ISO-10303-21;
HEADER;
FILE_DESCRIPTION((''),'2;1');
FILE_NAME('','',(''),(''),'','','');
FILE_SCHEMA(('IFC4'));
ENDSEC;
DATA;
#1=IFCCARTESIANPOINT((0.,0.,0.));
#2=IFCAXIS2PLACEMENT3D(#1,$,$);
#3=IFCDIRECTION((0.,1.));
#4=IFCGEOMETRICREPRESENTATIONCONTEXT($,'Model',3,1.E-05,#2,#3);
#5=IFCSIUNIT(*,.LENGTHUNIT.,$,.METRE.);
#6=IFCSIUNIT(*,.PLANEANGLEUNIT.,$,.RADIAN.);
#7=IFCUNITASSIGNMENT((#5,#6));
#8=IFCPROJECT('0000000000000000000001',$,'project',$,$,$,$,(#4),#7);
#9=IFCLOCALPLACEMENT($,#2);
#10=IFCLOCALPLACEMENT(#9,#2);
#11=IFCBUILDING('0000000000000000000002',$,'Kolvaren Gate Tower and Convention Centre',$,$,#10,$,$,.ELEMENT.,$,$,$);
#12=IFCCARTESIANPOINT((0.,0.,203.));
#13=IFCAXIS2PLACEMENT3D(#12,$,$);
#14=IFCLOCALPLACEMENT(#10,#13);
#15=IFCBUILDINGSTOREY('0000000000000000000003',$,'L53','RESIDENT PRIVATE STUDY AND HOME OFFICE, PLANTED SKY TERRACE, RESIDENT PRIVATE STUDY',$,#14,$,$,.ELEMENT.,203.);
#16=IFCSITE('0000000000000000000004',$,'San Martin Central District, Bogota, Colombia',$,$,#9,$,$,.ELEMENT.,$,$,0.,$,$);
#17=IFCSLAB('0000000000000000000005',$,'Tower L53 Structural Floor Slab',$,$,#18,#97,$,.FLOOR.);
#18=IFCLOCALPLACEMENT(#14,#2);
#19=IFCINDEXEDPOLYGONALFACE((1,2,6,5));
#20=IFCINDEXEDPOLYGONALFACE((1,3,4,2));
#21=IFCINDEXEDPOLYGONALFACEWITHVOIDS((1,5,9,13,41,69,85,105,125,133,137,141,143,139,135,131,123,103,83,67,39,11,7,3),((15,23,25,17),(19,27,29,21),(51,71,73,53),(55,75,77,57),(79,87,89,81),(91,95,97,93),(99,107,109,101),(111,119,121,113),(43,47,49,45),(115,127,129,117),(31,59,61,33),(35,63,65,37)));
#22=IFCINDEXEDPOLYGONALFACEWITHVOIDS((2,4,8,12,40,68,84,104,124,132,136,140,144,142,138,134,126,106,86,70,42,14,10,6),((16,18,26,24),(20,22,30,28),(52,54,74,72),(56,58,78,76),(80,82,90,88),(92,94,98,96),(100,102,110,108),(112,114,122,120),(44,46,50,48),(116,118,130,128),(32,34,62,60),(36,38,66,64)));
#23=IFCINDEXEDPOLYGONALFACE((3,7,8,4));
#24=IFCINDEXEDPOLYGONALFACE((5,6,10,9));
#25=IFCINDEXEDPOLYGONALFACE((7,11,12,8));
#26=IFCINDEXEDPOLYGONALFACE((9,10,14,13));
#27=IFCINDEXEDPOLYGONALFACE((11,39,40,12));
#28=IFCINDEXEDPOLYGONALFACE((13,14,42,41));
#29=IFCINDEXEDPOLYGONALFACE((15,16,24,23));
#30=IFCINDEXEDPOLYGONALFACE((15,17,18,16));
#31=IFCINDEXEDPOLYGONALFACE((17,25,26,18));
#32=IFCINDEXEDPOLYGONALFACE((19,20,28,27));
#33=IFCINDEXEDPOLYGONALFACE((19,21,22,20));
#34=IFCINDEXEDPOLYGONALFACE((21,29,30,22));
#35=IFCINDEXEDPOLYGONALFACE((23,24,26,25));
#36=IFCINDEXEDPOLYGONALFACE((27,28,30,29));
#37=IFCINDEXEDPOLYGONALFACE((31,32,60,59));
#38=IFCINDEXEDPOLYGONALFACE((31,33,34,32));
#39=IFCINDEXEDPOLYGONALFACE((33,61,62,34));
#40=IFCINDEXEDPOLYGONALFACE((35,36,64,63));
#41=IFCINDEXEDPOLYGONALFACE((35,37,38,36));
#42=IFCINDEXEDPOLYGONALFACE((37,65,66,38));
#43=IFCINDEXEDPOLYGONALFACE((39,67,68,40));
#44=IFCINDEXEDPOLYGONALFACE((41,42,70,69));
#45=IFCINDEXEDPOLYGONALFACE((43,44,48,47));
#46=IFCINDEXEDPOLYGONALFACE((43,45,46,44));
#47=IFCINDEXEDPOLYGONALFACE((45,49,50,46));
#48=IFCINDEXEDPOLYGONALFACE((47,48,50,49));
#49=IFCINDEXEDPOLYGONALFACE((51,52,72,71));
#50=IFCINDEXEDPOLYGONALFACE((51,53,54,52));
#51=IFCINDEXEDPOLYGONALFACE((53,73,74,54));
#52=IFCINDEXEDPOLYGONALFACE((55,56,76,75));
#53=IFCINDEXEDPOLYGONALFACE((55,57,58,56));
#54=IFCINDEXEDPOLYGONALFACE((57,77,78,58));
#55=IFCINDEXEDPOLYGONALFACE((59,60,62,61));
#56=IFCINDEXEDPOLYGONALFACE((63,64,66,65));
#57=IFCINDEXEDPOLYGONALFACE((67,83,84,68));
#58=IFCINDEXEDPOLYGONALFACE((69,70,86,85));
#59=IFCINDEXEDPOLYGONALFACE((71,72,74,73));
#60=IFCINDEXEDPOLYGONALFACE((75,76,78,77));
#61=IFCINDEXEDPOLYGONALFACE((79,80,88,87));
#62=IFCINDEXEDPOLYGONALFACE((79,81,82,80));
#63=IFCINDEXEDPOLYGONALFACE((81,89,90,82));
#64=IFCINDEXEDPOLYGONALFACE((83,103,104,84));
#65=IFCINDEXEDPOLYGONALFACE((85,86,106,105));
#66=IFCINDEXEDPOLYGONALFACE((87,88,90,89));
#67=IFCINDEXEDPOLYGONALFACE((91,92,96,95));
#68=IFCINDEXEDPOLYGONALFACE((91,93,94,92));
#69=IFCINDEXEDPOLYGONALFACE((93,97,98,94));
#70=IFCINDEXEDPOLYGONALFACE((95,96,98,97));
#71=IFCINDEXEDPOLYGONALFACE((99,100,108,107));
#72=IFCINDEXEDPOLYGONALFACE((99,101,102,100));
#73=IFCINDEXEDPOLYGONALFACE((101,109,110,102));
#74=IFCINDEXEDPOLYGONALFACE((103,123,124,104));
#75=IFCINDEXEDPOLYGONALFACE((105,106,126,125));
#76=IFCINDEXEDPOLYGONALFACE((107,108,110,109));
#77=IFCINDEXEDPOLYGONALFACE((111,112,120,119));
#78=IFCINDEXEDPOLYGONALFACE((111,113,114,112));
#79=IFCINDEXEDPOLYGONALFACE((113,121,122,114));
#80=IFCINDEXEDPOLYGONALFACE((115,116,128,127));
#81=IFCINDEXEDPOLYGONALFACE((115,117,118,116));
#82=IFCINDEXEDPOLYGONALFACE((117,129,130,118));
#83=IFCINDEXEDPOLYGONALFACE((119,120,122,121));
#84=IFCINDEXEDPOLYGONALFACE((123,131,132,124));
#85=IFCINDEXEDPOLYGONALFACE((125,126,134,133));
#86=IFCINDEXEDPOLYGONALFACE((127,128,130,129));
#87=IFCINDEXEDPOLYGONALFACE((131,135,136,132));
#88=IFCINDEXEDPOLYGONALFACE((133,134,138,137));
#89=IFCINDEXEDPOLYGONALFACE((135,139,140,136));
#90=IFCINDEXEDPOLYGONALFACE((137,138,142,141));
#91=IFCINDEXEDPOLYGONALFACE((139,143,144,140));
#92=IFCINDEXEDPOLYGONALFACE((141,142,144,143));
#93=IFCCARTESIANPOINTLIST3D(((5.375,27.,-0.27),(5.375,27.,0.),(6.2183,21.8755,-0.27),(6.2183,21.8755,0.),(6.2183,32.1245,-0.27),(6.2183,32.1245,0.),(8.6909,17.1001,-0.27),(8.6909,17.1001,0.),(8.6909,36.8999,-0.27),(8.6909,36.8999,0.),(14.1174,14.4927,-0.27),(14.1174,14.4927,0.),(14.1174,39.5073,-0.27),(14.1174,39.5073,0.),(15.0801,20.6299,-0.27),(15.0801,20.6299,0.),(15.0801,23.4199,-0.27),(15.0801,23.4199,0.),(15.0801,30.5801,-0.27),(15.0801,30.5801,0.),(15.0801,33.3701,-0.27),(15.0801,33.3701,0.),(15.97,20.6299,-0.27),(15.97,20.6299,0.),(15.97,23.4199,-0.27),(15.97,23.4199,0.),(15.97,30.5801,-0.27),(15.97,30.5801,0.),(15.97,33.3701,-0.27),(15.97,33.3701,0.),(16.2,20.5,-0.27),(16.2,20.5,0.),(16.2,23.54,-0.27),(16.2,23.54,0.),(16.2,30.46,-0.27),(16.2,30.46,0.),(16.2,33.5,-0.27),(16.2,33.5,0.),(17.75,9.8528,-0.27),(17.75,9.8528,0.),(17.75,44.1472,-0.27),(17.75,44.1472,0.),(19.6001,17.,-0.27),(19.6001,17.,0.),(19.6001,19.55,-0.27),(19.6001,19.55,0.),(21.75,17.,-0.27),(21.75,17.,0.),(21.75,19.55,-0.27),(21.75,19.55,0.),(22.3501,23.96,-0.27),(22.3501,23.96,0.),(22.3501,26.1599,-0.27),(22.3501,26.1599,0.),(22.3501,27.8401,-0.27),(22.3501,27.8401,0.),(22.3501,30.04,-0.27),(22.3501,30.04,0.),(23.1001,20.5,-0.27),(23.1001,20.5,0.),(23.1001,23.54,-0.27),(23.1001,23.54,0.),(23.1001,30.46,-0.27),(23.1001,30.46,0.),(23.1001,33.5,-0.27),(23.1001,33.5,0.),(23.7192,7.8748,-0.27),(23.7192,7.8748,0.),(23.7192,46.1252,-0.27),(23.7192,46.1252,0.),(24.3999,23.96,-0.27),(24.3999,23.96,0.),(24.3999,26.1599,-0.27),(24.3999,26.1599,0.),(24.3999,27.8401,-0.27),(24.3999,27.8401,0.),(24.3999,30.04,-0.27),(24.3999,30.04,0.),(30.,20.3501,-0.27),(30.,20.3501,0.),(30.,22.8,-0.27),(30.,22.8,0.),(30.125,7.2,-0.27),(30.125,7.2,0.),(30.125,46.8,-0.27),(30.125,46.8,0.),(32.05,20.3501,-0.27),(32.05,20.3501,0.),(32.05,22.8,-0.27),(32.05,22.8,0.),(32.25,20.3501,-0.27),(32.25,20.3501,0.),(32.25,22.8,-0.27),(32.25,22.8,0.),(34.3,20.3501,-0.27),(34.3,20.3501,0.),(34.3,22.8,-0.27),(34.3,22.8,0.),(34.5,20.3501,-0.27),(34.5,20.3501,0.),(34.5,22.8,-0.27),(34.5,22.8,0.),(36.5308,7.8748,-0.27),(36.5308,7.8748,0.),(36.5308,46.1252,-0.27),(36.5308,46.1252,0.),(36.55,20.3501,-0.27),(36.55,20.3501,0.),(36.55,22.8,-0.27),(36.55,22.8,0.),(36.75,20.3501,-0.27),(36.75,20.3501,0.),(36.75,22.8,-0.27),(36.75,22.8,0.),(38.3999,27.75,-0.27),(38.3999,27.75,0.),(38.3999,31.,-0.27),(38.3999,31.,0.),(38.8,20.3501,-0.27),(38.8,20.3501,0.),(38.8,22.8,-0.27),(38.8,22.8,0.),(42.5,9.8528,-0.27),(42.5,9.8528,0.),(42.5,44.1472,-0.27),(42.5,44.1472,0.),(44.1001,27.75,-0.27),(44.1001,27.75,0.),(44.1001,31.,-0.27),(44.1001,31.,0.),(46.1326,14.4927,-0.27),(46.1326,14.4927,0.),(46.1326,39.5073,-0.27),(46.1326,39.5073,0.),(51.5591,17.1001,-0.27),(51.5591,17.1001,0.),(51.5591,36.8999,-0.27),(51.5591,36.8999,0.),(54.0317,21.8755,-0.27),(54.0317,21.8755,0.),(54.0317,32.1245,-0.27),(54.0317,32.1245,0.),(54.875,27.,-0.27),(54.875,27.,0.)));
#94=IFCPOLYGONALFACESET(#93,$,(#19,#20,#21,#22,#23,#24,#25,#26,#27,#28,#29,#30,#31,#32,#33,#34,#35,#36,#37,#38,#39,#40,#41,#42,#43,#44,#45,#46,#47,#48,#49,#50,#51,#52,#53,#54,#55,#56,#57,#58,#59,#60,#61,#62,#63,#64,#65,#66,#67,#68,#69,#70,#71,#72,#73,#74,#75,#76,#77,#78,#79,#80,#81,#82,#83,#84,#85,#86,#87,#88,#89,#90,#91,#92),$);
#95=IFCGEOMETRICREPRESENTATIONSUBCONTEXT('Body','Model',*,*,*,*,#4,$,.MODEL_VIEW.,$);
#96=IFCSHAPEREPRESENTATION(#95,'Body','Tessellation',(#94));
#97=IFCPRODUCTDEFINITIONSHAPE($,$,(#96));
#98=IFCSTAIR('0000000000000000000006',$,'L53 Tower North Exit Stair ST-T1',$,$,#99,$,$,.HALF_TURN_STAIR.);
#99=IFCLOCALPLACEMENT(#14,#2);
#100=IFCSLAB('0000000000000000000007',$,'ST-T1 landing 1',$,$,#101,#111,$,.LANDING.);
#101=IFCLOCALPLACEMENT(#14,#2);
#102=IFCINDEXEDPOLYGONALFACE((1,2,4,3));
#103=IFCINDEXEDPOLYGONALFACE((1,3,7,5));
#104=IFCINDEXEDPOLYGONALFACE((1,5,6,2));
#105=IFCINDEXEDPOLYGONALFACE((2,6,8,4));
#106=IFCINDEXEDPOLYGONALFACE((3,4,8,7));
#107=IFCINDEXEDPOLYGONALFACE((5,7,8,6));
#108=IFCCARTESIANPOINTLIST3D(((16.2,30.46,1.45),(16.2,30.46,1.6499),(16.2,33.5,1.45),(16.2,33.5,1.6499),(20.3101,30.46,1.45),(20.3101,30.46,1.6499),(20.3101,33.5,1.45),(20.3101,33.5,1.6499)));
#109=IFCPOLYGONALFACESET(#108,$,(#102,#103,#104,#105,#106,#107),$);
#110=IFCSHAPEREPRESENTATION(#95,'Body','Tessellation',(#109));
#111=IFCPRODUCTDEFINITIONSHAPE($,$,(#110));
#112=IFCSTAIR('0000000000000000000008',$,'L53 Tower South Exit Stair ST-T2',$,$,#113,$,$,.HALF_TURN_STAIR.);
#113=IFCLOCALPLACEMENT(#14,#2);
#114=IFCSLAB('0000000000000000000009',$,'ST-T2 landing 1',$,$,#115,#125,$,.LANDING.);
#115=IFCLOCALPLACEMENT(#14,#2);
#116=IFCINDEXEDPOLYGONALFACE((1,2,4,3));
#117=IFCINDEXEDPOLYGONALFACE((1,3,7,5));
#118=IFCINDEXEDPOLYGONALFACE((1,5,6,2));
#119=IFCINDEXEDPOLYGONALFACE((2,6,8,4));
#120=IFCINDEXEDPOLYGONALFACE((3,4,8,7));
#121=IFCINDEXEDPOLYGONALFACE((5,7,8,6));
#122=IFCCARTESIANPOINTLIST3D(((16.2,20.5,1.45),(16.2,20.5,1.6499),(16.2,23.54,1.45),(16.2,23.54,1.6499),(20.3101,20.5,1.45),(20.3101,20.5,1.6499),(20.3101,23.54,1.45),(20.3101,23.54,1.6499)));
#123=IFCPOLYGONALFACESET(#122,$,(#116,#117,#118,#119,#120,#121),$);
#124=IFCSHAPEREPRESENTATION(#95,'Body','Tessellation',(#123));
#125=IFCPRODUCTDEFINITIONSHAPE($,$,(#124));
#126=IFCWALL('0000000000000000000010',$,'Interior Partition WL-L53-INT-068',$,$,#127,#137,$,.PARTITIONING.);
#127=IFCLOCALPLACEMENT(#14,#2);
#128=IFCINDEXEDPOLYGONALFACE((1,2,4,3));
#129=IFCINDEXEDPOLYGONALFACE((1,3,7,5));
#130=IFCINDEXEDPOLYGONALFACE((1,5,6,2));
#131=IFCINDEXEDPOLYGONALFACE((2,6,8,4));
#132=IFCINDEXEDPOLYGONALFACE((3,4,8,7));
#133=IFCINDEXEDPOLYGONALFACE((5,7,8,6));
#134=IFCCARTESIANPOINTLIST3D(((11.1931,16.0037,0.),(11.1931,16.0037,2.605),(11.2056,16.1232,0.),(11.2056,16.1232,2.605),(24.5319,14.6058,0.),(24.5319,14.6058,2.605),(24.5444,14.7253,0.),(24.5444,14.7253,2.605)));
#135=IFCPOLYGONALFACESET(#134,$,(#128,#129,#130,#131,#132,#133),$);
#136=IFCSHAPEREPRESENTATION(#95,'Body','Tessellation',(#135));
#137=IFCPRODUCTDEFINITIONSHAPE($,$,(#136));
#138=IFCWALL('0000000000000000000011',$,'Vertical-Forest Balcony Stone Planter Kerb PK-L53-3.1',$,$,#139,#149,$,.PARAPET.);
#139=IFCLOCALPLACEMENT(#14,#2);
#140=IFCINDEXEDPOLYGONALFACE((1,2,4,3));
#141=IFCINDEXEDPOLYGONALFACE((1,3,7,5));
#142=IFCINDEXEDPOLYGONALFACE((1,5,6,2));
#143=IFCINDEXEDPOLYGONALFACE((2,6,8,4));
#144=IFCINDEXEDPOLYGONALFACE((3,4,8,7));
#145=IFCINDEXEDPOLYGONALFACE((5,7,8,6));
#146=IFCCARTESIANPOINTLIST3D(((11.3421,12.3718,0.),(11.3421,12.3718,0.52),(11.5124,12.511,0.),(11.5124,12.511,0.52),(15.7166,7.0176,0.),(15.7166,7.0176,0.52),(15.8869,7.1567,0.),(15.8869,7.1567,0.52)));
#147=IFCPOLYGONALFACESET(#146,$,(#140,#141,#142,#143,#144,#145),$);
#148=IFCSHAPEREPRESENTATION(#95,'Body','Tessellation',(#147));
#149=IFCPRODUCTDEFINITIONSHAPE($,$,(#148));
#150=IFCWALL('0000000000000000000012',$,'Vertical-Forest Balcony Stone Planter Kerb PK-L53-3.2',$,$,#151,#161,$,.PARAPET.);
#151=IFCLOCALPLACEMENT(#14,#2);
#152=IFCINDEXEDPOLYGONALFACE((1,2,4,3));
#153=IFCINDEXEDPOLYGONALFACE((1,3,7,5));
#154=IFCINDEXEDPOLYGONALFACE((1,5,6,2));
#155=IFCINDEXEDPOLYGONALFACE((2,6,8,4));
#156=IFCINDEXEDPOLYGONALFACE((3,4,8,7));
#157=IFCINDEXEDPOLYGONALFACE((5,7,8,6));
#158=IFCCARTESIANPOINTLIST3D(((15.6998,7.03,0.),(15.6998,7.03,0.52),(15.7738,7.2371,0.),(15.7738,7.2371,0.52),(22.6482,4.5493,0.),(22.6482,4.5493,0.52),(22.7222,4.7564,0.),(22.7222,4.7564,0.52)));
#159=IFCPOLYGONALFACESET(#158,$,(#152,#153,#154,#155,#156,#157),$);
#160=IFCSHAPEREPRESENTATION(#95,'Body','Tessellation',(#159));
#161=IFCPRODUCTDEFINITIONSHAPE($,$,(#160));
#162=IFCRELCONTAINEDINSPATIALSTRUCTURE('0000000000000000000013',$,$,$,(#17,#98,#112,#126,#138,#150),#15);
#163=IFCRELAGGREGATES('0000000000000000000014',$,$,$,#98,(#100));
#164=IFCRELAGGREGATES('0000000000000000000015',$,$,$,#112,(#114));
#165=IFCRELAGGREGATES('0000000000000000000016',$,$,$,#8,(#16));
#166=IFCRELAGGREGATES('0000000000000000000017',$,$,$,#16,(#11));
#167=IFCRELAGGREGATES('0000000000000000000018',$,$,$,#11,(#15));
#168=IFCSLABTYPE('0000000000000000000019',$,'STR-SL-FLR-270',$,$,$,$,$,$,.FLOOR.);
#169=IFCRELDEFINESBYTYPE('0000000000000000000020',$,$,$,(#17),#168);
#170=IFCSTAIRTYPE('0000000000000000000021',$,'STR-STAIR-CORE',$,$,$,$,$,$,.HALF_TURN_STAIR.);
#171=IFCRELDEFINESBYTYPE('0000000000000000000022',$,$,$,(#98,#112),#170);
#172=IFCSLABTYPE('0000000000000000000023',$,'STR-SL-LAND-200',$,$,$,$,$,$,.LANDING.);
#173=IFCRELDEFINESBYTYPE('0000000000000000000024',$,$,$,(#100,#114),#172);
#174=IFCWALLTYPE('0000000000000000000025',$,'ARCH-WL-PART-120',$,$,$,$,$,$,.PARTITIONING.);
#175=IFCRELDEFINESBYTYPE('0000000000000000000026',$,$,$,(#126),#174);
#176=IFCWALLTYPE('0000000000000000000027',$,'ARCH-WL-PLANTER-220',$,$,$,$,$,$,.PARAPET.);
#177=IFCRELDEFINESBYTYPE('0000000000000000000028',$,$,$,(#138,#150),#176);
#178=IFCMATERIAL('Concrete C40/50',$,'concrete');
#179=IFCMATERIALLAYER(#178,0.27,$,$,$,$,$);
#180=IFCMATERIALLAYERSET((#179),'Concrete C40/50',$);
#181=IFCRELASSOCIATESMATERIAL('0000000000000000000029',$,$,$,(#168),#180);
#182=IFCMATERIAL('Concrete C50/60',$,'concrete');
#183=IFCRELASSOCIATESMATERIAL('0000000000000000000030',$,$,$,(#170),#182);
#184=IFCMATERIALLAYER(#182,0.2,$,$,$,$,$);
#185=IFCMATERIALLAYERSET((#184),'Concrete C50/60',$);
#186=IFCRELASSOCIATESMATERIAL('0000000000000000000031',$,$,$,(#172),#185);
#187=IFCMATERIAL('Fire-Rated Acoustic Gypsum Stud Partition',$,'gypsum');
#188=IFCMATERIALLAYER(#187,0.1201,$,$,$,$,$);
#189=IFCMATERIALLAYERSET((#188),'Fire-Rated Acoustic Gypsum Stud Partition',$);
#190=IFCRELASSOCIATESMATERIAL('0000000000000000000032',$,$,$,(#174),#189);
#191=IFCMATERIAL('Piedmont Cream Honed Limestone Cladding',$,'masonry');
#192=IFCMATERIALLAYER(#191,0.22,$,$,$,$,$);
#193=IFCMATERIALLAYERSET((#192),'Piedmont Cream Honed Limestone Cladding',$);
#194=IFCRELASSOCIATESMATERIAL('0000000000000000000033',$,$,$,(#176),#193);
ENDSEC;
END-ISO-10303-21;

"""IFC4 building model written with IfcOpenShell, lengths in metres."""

from ifc_helpers import new_model, si_unit, direction, frame, frame_2d, origin, place, context, subcontext, project, spatial, polyline, rectangle, outline, extrude, material, layer, layer_set, type_object, element, aggregate, save


model = new_model("IFC4")

# Units and contexts
model_context = context("Model", 3, precision=1e-05, world=origin(), true_north=direction((0.0, 1.0)))
body_context = subcontext(model_context, "Body", "Model", "MODEL_VIEW")
ifc_project = project(units=[si_unit("LENGTHUNIT", "METRE"), si_unit("PLANEANGLEUNIT", "RADIAN")], contexts=[model_context])

# Site, building, storey
site_placement = place(None, origin())
site = spatial("IfcSite", under=ifc_project, at=site_placement, Name="San Martin Central District, Bogota, Colombia", CompositionType="ELEMENT", RefElevation=0.0)
building_placement = place(site_placement, origin())
building = spatial("IfcBuilding", under=site, at=building_placement, Name="Kolvaren Gate Tower and Convention Centre", CompositionType="ELEMENT")
storey_placement = place(building_placement, frame((0.0, 0.0, 203.0)))
storey = spatial("IfcBuildingStorey", under=building, at=storey_placement, Name="L53", Description="RESIDENT PRIVATE STUDY AND HOME OFFICE, PLANTED SKY TERRACE, RESIDENT PRIVATE STUDY", CompositionType="ELEMENT", Elevation=203.0)

# Slab
ifc_material_1 = material(Name="Concrete C50/60", Category="concrete")
ifc_material_2 = material(Name="Concrete C40/50", Category="concrete")
ifc_layer_1 = layer(ifc_material_2, 0.27)
ifc_layer_set_1 = layer_set([ifc_layer_1], Name="Concrete C40/50")
slab_type_1 = type_object("IfcSlabType", Name="STR-SL-FLR-270", PredefinedType="FLOOR", material=ifc_layer_set_1)
slab_1_placement = place(storey_placement, frame((0.0, 0.0, -0.27)))
element("IfcSlab", 1, at=slab_1_placement, inside=storey, type_object=slab_type_1, Name="Tower L53 Structural Floor Slab", PredefinedType="FLOOR", context=body_context, shape_type="SweptSolid", body=[
    extrude(outline(polyline([(54.875, 27.0), (54.0317, 32.1245), (51.5591, 36.8999), (46.1326, 39.5073), (42.5, 44.1472), (36.5308, 46.1252), (30.125, 46.8), (23.7192, 46.1252), (17.75, 44.1472), (14.1174, 39.5073), (8.6909, 36.8999), (6.2183, 32.1245), (5.375, 27.0), (6.2183, 21.8755), (8.6909, 17.1001), (14.1174, 14.4927), (17.75, 9.8528), (23.7192, 7.8748), (30.125, 7.2), (36.5308, 7.8748), (42.5, 9.8528), (46.1326, 14.4927), (51.5591, 17.1001), (54.0317, 21.8755), (54.875, 27.0)]), holes=[polyline([(38.3999, 27.75), (38.3999, 31.0), (44.1001, 31.0), (44.1001, 27.75), (38.3999, 27.75)]), polyline([(38.8, 20.3501), (36.75, 20.3501), (36.75, 22.8), (38.8, 22.8), (38.8, 20.3501)]), polyline([(34.5, 20.3501), (34.5, 22.8), (36.55, 22.8), (36.55, 20.3501), (34.5, 20.3501)]), polyline([(32.25, 20.3501), (32.25, 22.8), (34.3, 22.8), (34.3, 20.3501), (32.25, 20.3501)]), polyline([(32.05, 20.3501), (30.0, 20.3501), (30.0, 22.8), (32.05, 22.8), (32.05, 20.3501)]), polyline([(22.3501, 23.96), (22.3501, 26.1599), (24.3999, 26.1599), (24.3999, 23.96), (22.3501, 23.96)]), polyline([(24.3999, 27.8401), (22.3501, 27.8401), (22.3501, 30.04), (24.3999, 30.04), (24.3999, 27.8401)]), polyline([(23.1001, 23.54), (23.1001, 20.5), (16.2, 20.5), (16.2, 23.54), (23.1001, 23.54)]), polyline([(23.1001, 33.5), (23.1001, 30.46), (16.2, 30.46), (16.2, 33.5), (23.1001, 33.5)]), polyline([(21.75, 17.0), (19.6001, 17.0), (19.6001, 19.55), (21.75, 19.55), (21.75, 17.0)]), polyline([(15.0801, 20.6299), (15.0801, 23.4199), (15.97, 23.4199), (15.97, 20.6299), (15.0801, 20.6299)]), polyline([(15.0801, 30.5801), (15.0801, 33.3701), (15.97, 33.3701), (15.97, 30.5801), (15.0801, 30.5801)])]), origin(), (0.0, 0.0, 1.0), 0.27),
])

# Stairs, slabs
stair_type = type_object("IfcStairType", Name="STR-STAIR-CORE", PredefinedType="HALF_TURN_STAIR", material=ifc_material_1)
stair_1_placement = place(storey_placement, origin())
stair_1 = element("IfcStair", 2, at=stair_1_placement, inside=storey, type_object=stair_type, Name="L53 Tower North Exit Stair ST-T1", PredefinedType="HALF_TURN_STAIR")
ifc_layer_2 = layer(ifc_material_1, 0.2)
ifc_layer_set_2 = layer_set([ifc_layer_2], Name="Concrete C50/60")
slab_type_2 = type_object("IfcSlabType", Name="STR-SL-LAND-200", PredefinedType="LANDING", material=ifc_layer_set_2)
slab_2_placement = place(storey_placement, frame((0.0, 0.0, 1.45)))
slab_2 = element("IfcSlab", 3, at=slab_2_placement, type_object=slab_type_2, Name="ST-T1 landing 1", PredefinedType="LANDING", context=body_context, shape_type="SweptSolid", body=[
    extrude(outline(polyline([(20.3101, 33.5), (16.2, 33.5), (16.2, 30.46), (20.3101, 30.46), (20.3101, 33.5)])), origin(), (0.0, 0.0, 1.0), 0.2),
])
aggregate(stair_1, [slab_2])
stair_2_placement = place(storey_placement, origin())
stair_2 = element("IfcStair", 4, at=stair_2_placement, inside=storey, type_object=stair_type, Name="L53 Tower South Exit Stair ST-T2", PredefinedType="HALF_TURN_STAIR")
slab_3_placement = place(storey_placement, frame((0.0, 0.0, 1.45)))
slab_3 = element("IfcSlab", 5, at=slab_3_placement, type_object=slab_type_2, Name="ST-T2 landing 1", PredefinedType="LANDING", context=body_context, shape_type="SweptSolid", body=[
    extrude(outline(polyline([(20.3101, 23.54), (16.2, 23.54), (16.2, 20.5), (20.3101, 20.5), (20.3101, 23.54)])), origin(), (0.0, 0.0, 1.0), 0.2),
])
aggregate(stair_2, [slab_3])

# Walls
ifc_material_3 = material(Name="Fire-Rated Acoustic Gypsum Stud Partition", Category="gypsum")
ifc_layer_3 = layer(ifc_material_3, 0.1201)
ifc_layer_set_3 = layer_set([ifc_layer_3], Name="Fire-Rated Acoustic Gypsum Stud Partition")
wall_type_1 = type_object("IfcWallType", Name="ARCH-WL-PART-120", PredefinedType="PARTITIONING", material=ifc_layer_set_3)
wall_1_placement = place(storey_placement, frame((11.1992, 16.0635, 0.0), z_axis=(0.0, 0.0, 1.0), x_axis=(0.994553, -0.104232, 0.0)))
element("IfcWall", 6, at=wall_1_placement, inside=storey, type_object=wall_type_1, Name="Interior Partition WL-L53-INT-068", PredefinedType="PARTITIONING", context=body_context, shape_type="SweptSolid", body=[
    extrude(rectangle(XDim=13.4119, YDim=0.1201, at=frame_2d((6.7061, 0.0))), origin(), (0.0, 0.0, 1.0), 2.605),
])
ifc_material_4 = material(Name="Piedmont Cream Honed Limestone Cladding", Category="masonry")
ifc_layer_4 = layer(ifc_material_4, 0.22)
ifc_layer_set_4 = layer_set([ifc_layer_4], Name="Piedmont Cream Honed Limestone Cladding")
wall_type_2 = type_object("IfcWallType", Name="ARCH-WL-PLANTER-220", PredefinedType="PARAPET", material=ifc_layer_set_4)
wall_2_placement = place(storey_placement, frame((11.4272, 12.4414, 0.0), z_axis=(0.0, 0.0, 1.0), x_axis=(0.632697, -0.774399, 0.0)))
element("IfcWall", 7, at=wall_2_placement, inside=storey, type_object=wall_type_2, Name="Vertical-Forest Balcony Stone Planter Kerb PK-L53-3.1", PredefinedType="PARAPET", context=body_context, shape_type="SweptSolid", body=[
    extrude(rectangle(XDim=6.9141, YDim=0.22, at=frame_2d((3.457, 0.0))), origin(), (0.0, 0.0, 1.0), 0.52),
])
wall_3_placement = place(storey_placement, frame((15.7368, 7.1335, 0.0), z_axis=(0.0, 0.0, 1.0), x_axis=(0.94178, -0.336229, 0.0)))
element("IfcWall", 8, at=wall_3_placement, inside=storey, type_object=wall_type_2, Name="Vertical-Forest Balcony Stone Planter Kerb PK-L53-3.2", PredefinedType="PARAPET", context=body_context, shape_type="SweptSolid", body=[
    extrude(rectangle(XDim=7.3779, YDim=0.22, at=frame_2d((3.689, 0.0))), origin(), (0.0, 0.0, 1.0), 0.52),
])

save(model, "model.ifc")
